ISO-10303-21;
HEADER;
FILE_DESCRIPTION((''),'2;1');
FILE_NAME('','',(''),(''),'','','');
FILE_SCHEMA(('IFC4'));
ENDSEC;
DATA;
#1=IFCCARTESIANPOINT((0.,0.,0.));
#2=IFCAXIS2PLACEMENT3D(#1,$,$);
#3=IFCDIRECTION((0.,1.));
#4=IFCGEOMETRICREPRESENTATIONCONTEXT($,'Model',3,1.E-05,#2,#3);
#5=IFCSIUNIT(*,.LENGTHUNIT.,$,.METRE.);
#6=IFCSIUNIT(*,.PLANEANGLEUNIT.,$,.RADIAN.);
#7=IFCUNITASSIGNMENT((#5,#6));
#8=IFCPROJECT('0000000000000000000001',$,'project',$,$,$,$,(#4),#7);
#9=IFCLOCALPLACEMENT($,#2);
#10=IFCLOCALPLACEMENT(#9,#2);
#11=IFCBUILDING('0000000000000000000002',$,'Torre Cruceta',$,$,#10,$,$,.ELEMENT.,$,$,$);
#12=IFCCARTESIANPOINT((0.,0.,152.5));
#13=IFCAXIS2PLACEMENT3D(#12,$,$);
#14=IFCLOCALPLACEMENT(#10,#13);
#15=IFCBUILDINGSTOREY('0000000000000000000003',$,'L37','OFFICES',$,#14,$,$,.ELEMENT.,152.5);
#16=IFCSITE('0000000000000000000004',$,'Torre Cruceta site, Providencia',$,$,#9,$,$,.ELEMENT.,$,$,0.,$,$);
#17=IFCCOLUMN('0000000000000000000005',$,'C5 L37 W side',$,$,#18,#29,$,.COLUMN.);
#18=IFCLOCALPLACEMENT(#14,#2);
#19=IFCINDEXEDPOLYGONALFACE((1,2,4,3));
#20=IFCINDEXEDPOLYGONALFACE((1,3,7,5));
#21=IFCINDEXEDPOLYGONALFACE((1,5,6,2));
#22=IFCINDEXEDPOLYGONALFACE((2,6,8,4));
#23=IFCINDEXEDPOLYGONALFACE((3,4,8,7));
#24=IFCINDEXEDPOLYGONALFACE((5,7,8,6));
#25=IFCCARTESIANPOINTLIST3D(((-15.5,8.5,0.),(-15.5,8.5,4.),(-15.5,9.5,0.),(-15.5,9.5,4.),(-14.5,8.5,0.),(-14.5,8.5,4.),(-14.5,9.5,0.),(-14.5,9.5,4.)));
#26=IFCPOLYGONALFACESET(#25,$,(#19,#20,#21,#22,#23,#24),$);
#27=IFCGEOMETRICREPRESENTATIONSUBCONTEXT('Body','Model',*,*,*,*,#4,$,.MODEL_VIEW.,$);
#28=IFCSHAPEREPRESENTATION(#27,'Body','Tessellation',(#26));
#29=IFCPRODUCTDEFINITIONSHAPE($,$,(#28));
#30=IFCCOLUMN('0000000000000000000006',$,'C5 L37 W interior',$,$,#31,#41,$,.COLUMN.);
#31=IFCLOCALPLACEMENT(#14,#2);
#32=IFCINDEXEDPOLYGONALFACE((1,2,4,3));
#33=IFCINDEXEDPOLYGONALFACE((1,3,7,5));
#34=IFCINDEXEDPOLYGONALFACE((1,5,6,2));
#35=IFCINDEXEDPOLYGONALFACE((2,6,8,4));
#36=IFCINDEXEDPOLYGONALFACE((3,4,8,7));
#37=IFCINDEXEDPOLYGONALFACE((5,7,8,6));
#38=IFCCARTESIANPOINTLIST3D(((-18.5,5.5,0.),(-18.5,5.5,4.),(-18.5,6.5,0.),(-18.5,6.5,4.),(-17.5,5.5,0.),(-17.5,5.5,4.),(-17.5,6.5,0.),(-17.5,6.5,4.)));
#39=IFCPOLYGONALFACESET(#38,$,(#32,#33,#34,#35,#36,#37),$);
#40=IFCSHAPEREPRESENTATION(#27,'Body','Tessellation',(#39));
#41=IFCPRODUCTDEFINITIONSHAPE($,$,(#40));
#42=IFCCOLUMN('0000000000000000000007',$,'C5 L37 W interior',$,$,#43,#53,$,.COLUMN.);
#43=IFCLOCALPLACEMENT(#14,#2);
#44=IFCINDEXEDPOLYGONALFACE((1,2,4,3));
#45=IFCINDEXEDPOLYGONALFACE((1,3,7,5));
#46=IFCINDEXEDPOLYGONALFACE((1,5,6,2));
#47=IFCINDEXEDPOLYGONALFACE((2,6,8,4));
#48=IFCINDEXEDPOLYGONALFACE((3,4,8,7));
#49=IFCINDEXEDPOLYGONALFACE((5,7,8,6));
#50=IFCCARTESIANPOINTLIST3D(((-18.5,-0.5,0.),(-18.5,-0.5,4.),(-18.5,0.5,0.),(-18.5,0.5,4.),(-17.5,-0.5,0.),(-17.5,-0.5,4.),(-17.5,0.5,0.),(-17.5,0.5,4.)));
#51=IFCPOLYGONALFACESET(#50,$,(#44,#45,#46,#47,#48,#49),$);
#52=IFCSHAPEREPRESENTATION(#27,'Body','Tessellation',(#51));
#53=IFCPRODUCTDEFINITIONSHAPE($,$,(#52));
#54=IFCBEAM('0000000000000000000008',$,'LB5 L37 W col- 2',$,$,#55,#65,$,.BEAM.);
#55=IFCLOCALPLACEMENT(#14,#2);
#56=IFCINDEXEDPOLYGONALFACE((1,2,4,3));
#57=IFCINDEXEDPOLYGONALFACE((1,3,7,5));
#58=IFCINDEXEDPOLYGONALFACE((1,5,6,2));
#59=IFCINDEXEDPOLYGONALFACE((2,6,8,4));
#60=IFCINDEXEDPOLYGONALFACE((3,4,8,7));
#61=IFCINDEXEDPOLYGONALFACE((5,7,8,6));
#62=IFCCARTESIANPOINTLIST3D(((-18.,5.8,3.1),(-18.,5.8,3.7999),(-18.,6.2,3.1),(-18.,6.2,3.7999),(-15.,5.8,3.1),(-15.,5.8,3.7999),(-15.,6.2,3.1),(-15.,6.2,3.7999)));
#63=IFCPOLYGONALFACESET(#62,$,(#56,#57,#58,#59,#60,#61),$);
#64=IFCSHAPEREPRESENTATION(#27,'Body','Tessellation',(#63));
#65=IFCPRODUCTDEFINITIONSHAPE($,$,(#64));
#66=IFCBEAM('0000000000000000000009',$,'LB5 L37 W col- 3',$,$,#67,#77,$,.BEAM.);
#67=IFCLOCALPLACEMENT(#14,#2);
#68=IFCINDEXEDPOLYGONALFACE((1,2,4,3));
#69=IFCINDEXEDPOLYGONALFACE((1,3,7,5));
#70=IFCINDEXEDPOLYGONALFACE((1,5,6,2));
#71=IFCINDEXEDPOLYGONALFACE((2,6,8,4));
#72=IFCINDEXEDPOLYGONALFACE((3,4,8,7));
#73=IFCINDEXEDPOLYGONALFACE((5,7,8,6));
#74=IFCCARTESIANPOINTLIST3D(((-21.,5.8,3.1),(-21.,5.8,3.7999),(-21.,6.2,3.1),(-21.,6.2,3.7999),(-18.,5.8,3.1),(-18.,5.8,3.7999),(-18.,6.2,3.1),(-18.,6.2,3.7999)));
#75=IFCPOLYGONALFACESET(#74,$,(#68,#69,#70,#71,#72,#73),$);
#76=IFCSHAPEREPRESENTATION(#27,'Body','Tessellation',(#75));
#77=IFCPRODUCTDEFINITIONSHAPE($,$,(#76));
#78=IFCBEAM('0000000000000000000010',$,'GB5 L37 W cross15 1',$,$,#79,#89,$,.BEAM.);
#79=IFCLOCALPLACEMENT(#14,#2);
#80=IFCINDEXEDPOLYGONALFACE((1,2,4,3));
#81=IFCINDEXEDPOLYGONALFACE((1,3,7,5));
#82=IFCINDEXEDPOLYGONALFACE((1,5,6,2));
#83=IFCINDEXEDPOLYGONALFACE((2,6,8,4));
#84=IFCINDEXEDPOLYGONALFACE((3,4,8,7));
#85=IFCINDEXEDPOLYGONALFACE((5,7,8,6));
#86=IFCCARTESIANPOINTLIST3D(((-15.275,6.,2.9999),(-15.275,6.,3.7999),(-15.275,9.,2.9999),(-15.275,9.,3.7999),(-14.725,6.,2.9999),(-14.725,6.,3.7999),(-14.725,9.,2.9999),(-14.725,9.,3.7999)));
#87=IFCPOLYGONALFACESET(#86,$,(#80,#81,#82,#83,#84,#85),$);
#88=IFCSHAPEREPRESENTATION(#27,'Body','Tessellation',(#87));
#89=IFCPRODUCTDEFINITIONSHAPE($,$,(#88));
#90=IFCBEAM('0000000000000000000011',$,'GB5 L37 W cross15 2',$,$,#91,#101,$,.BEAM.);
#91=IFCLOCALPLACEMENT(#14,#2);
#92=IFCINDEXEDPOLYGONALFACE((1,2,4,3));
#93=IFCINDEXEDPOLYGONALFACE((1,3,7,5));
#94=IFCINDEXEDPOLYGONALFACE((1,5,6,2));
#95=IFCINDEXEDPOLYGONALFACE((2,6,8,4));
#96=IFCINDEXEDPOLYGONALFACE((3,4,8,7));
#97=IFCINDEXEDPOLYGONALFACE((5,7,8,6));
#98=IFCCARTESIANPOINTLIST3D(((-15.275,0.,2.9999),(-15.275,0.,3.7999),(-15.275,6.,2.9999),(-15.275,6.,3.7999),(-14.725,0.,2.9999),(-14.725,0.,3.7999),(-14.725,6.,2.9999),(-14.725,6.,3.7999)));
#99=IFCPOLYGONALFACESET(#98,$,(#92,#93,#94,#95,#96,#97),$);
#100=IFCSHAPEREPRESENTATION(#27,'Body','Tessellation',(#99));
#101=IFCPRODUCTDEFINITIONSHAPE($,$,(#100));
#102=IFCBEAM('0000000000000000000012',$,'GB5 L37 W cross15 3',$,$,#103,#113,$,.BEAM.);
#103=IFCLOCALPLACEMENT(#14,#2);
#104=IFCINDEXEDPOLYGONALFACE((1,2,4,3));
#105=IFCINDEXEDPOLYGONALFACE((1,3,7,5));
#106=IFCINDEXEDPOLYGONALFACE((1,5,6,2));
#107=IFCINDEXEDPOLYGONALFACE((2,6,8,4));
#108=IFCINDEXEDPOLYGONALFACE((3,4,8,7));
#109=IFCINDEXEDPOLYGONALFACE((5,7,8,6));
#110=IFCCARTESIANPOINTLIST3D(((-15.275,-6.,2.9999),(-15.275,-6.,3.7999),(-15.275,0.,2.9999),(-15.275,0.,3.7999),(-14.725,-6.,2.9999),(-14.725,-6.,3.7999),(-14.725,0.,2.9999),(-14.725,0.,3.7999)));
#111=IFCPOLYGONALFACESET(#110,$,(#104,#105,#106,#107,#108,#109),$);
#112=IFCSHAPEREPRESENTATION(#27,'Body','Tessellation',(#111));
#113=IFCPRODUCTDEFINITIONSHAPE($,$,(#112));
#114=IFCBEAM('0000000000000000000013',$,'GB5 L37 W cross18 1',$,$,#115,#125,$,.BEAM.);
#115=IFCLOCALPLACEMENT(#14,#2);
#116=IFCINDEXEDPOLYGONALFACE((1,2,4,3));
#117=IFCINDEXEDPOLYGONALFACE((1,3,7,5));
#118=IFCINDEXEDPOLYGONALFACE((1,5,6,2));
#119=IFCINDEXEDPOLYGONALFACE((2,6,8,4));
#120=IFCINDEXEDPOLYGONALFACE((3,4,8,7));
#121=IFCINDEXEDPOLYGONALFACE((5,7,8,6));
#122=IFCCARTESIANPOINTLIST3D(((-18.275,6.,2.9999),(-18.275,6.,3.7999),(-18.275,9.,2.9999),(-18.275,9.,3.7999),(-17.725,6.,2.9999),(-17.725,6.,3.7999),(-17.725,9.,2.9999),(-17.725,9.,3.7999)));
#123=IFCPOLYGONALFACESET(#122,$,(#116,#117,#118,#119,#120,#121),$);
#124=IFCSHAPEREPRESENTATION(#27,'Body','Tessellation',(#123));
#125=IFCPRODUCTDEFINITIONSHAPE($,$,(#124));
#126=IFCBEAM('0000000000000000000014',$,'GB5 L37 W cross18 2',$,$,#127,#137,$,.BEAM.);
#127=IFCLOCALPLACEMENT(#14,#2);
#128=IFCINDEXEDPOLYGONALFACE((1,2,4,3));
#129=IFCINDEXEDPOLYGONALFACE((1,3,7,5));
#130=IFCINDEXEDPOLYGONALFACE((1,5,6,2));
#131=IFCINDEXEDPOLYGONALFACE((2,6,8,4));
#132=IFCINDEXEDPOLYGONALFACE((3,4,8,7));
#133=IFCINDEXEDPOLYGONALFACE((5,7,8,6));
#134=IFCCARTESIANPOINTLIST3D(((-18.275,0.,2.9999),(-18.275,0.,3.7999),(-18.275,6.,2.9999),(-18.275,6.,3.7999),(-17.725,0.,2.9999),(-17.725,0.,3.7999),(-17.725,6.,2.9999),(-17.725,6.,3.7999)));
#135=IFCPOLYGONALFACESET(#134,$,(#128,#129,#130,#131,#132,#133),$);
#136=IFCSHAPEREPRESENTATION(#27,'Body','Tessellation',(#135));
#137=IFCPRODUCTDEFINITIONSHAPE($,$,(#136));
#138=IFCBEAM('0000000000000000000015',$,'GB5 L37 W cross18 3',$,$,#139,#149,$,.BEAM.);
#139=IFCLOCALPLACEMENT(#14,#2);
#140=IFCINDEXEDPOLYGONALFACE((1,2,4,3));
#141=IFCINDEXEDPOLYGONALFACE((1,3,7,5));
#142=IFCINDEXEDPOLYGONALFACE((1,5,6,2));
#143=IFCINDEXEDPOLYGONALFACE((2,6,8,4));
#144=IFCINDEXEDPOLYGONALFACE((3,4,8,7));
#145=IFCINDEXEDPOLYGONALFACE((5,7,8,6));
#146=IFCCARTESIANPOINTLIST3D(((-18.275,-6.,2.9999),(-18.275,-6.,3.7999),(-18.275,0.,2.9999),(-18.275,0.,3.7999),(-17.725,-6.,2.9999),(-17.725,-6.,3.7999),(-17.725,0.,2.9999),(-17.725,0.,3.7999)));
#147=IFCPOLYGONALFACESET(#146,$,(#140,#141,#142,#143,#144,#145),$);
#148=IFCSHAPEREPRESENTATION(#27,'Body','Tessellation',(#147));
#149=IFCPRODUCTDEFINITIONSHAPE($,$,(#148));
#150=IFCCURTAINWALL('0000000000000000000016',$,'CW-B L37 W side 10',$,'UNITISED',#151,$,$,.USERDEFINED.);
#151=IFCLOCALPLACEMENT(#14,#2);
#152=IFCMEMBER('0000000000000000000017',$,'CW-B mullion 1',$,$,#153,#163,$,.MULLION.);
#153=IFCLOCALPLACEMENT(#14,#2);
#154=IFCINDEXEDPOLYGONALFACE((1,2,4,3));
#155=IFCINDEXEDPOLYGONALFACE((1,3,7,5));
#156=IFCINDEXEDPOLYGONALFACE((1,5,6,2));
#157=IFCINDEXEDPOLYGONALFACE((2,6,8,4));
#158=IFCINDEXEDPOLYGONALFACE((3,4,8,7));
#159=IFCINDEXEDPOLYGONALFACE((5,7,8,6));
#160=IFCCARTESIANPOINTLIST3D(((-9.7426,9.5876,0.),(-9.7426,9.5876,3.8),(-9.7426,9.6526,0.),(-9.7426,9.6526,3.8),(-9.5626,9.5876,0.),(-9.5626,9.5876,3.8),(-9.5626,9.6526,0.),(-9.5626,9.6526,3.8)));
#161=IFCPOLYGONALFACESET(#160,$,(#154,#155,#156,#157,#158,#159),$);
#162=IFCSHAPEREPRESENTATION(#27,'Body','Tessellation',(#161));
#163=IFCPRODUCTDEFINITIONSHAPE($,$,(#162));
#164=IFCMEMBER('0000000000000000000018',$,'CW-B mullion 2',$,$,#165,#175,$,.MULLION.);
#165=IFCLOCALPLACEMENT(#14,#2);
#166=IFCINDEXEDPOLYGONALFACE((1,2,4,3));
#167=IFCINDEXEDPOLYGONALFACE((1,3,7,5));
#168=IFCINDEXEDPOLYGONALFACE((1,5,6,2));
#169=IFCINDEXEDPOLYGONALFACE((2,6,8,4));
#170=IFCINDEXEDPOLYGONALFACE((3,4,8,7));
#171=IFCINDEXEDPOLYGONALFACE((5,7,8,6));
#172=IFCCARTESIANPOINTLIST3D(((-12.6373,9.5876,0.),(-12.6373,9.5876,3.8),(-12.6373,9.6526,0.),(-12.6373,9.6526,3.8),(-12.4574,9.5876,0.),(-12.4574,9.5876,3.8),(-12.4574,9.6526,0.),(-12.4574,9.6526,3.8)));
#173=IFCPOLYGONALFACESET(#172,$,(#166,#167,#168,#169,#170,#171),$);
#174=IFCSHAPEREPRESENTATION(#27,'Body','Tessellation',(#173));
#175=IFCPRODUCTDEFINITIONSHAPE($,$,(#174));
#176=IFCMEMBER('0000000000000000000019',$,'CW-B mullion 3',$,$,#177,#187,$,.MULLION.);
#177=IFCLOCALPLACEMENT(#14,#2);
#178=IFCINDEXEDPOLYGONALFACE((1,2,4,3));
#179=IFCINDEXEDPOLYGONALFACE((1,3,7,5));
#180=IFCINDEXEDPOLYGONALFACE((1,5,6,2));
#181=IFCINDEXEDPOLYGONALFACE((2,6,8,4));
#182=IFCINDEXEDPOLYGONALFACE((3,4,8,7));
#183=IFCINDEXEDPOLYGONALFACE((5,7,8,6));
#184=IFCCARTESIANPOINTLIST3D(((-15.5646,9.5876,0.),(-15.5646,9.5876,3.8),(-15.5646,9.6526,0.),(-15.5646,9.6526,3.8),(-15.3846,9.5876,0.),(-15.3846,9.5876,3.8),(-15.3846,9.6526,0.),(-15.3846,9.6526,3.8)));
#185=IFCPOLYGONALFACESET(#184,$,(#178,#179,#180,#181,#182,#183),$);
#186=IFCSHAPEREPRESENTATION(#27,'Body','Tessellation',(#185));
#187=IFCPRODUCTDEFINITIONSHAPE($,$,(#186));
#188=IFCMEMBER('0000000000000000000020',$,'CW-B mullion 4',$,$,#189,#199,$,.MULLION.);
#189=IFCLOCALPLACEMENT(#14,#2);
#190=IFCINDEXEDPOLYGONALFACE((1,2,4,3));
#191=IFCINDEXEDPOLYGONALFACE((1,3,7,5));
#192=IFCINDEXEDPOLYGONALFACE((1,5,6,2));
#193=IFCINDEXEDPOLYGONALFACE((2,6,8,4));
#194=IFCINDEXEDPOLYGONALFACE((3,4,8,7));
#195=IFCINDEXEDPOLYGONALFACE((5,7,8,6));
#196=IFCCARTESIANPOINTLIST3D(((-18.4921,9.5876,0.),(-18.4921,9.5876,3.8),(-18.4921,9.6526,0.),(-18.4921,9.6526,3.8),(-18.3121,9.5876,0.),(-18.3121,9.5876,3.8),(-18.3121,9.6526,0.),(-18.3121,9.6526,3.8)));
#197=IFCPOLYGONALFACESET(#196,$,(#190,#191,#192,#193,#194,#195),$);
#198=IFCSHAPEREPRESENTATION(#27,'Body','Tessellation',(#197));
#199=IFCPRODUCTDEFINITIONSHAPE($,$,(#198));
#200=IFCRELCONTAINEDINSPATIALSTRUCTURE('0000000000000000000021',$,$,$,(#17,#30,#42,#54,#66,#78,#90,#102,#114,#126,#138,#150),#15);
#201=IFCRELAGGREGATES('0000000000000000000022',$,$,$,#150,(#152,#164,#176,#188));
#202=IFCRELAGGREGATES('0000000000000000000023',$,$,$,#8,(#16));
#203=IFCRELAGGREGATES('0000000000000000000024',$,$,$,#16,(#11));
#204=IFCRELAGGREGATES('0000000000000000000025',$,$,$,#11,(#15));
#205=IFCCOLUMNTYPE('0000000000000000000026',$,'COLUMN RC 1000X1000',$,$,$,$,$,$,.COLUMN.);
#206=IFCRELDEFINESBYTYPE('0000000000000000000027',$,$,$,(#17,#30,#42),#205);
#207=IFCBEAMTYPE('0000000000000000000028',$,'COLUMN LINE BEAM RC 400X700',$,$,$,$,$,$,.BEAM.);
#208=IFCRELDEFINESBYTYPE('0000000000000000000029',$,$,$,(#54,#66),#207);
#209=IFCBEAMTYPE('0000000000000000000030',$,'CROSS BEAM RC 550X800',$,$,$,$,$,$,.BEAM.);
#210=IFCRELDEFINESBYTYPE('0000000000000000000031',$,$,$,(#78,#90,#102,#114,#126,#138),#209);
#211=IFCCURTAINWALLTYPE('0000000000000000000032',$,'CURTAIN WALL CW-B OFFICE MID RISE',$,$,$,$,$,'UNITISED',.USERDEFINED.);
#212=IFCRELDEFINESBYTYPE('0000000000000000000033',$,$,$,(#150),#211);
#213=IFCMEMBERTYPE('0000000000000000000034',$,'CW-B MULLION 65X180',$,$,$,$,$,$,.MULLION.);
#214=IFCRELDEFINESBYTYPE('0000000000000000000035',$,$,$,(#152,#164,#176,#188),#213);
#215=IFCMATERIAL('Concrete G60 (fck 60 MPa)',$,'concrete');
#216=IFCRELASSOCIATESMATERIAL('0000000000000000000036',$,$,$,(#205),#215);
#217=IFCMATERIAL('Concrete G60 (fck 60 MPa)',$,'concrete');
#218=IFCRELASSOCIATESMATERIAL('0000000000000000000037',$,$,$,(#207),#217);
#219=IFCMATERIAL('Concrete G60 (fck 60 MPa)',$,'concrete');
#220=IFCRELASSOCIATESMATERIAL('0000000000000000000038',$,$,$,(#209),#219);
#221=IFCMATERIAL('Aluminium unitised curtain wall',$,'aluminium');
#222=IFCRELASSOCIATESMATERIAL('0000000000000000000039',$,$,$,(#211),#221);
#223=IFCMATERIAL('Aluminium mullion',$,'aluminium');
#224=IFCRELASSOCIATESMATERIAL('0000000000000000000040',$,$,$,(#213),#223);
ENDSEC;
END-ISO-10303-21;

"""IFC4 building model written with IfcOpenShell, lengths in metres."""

from ifc_helpers import new_model, si_unit, direction, frame, origin, origin_2d, place, context, subcontext, project, spatial, rectangle, extrude, material, material_profile, profile_set, type_object, element, aggregate, save


model = new_model("IFC4")

# Units and contexts
model_context = context("Model", 3, precision=1e-05, world=origin(), true_north=direction((0.0, 1.0)))
body_context = subcontext(model_context, "Body", "Model", "MODEL_VIEW")
ifc_project = project(units=[si_unit("LENGTHUNIT", "METRE"), si_unit("PLANEANGLEUNIT", "RADIAN")], contexts=[model_context])

# Site, building, storey
site_placement = place(None, origin())
site = spatial("IfcSite", under=ifc_project, at=site_placement, Name="Torre Cruceta site, Providencia", CompositionType="ELEMENT", RefElevation=0.0)
building_placement = place(site_placement, origin())
building = spatial("IfcBuilding", under=site, at=building_placement, Name="Torre Cruceta", CompositionType="ELEMENT")
storey_placement = place(building_placement, frame((0.0, 0.0, 152.5)))
storey = spatial("IfcBuildingStorey", under=building, at=storey_placement, Name="L37", Description="OFFICES", CompositionType="ELEMENT", Elevation=152.5)

# Columns
ifc_material_1 = material(Name="Concrete G60 (fck 60 MPa)", Category="concrete")
ifc_material_profile_1 = material_profile(ifc_material_1, rectangle(XDim=1.0, YDim=1.0, at=origin_2d()), Name="RC 1000X1000")
ifc_profile_set_1 = profile_set([ifc_material_profile_1], Name="Concrete G60 (fck 60 MPa)")
column_type = type_object("IfcColumnType", Name="COLUMN RC 1000X1000", PredefinedType="COLUMN", material=ifc_profile_set_1)
for number, where, z_axis, x_axis, name in (
    (1, (-15.0, 9.0, 0.0), (0.0, 0.0, 1.0), (1.0, 0.0, 0.0), "C5 L37 W side"),
    (2, (-18.0, 6.0, 0.0), (0.0, 0.0, 1.0), (1.0, 0.0, 0.0), "C5 L37 W interior"),
    (3, (-18.0, 0.0, 0.0), (0.0, 0.0, 1.0), (1.0, 0.0, 0.0), "C5 L37 W interior"),
):
    element("IfcColumn", number, at=place(storey_placement, frame(where, z_axis=z_axis, x_axis=x_axis)), inside=storey, type_object=column_type, Name=name, PredefinedType="COLUMN", context=body_context, shape_type="SweptSolid", body=[
        extrude(rectangle(XDim=1.0, YDim=1.0, at=origin_2d()), origin(), (0.0, 0.0, 1.0), 4.0),
    ])

# Beams
ifc_material_2 = material(Name="Concrete G60 (fck 60 MPa)", Category="concrete")
ifc_material_profile_2 = material_profile(ifc_material_2, rectangle(XDim=0.3999, YDim=0.7, at=origin_2d()), Name="RC 400X700")
ifc_profile_set_2 = profile_set([ifc_material_profile_2], Name="Concrete G60 (fck 60 MPa)")
beam_type_1 = type_object("IfcBeamType", Name="COLUMN LINE BEAM RC 400X700", PredefinedType="BEAM", material=ifc_profile_set_2)
for number, where, z_axis, x_axis, name in (
    (4, (-15.0, 6.0, 3.45), (-1.0, 0.0, 0.0), (0.0, -1.0, 0.0), "LB5 L37 W col- 2"),
    (5, (-18.0, 6.0, 3.45), (-1.0, 0.0, 0.0), (0.0, -1.0, 0.0), "LB5 L37 W col- 3"),
):
    element("IfcBeam", number, at=place(storey_placement, frame(where, z_axis=z_axis, x_axis=x_axis)), inside=storey, type_object=beam_type_1, Name=name, PredefinedType="BEAM", context=body_context, shape_type="SweptSolid", body=[
        extrude(rectangle(XDim=0.3999, YDim=0.7, at=origin_2d()), origin(), (0.0, 0.0, 1.0), 3.0),
    ])
ifc_material_3 = material(Name="Concrete G60 (fck 60 MPa)", Category="concrete")
ifc_material_profile_3 = material_profile(ifc_material_3, rectangle(XDim=0.55, YDim=0.8, at=origin_2d()), Name="RC 550X800")
ifc_profile_set_3 = profile_set([ifc_material_profile_3], Name="Concrete G60 (fck 60 MPa)")
beam_type_2 = type_object("IfcBeamType", Name="CROSS BEAM RC 550X800", PredefinedType="BEAM", material=ifc_profile_set_3)
beam_1_placement = place(storey_placement, frame((-15.0, 9.0, 3.3999), z_axis=(0.0, -1.0, 0.0), x_axis=(1.0, 0.0, 0.0)))
element("IfcBeam", 6, at=beam_1_placement, inside=storey, type_object=beam_type_2, Name="GB5 L37 W cross15 1", PredefinedType="BEAM", context=body_context, shape_type="SweptSolid", body=[
    extrude(rectangle(XDim=0.55, YDim=0.8, at=origin_2d()), origin(), (0.0, 0.0, 1.0), 3.0),
])
for number, where, z_axis, x_axis, name in (
    (7, (-15.0, 6.0, 3.3999), (0.0, -1.0, 0.0), (1.0, 0.0, 0.0), "GB5 L37 W cross15 2"),
    (8, (-15.0, 0.0, 3.3999), (0.0, -1.0, 0.0), (1.0, 0.0, 0.0), "GB5 L37 W cross15 3"),
):
    element("IfcBeam", number, at=place(storey_placement, frame(where, z_axis=z_axis, x_axis=x_axis)), inside=storey, type_object=beam_type_2, Name=name, PredefinedType="BEAM", context=body_context, shape_type="SweptSolid", body=[
        extrude(rectangle(XDim=0.55, YDim=0.8, at=origin_2d()), origin(), (0.0, 0.0, 1.0), 6.0),
    ])
beam_2_placement = place(storey_placement, frame((-18.0, 9.0, 3.3999), z_axis=(0.0, -1.0, 0.0), x_axis=(1.0, 0.0, 0.0)))
element("IfcBeam", 9, at=beam_2_placement, inside=storey, type_object=beam_type_2, Name="GB5 L37 W cross18 1", PredefinedType="BEAM", context=body_context, shape_type="SweptSolid", body=[
    extrude(rectangle(XDim=0.55, YDim=0.8, at=origin_2d()), origin(), (0.0, 0.0, 1.0), 3.0),
])
for number, where, z_axis, x_axis, name in (
    (10, (-18.0, 6.0, 3.3999), (0.0, -1.0, 0.0), (1.0, 0.0, 0.0), "GB5 L37 W cross18 2"),
    (11, (-18.0, 0.0, 3.3999), (0.0, -1.0, 0.0), (1.0, 0.0, 0.0), "GB5 L37 W cross18 3"),
):
    element("IfcBeam", number, at=place(storey_placement, frame(where, z_axis=z_axis, x_axis=x_axis)), inside=storey, type_object=beam_type_2, Name=name, PredefinedType="BEAM", context=body_context, shape_type="SweptSolid", body=[
        extrude(rectangle(XDim=0.55, YDim=0.8, at=origin_2d()), origin(), (0.0, 0.0, 1.0), 6.0),
    ])

# Curtain wall, members
ifc_material_4 = material(Name="Aluminium unitised curtain wall", Category="aluminium")
curtain_wall_type = type_object("IfcCurtainWallType", Name="CURTAIN WALL CW-B OFFICE MID RISE", ElementType="UNITISED", PredefinedType="USERDEFINED", material=ifc_material_4)
curtain_wall_placement = place(storey_placement, origin())
curtain_wall = element("IfcCurtainWall", 12, at=curtain_wall_placement, inside=storey, type_object=curtain_wall_type, Name="CW-B L37 W side 10", ObjectType="UNITISED", PredefinedType="USERDEFINED")
ifc_material_5 = material(Name="Aluminium mullion", Category="aluminium")
ifc_material_profile_4 = material_profile(ifc_material_5, rectangle(XDim=0.0649, YDim=0.1799, at=origin_2d()), Name="AL 65X180")
ifc_profile_set_4 = profile_set([ifc_material_profile_4], Name="Aluminium mullion")
member_type_1 = type_object("IfcMemberType", Name="CW-B MULLION 65X180", PredefinedType="MULLION", material=ifc_profile_set_4)
member_1_placement = place(storey_placement, frame((-9.6526, 9.6201, 0.0), z_axis=(0.0, 0.0, 1.0), x_axis=(0.0, -1.0, 0.0)))
member_1 = element("IfcMember", 13, at=member_1_placement, type_object=member_type_1, Name="CW-B mullion 1", PredefinedType="MULLION", context=body_context, shape_type="SweptSolid", body=[
    extrude(rectangle(XDim=0.0649, YDim=0.1799, at=origin_2d()), origin(), (0.0, 0.0, 1.0), 3.8),
])
member_2_placement = place(storey_placement, frame((-12.5474, 9.6201, 0.0), z_axis=(0.0, 0.0, 1.0), x_axis=(0.0, -1.0, 0.0)))
member_2 = element("IfcMember", 14, at=member_2_placement, type_object=member_type_1, Name="CW-B mullion 2", PredefinedType="MULLION", context=body_context, shape_type="SweptSolid", body=[
    extrude(rectangle(XDim=0.0649, YDim=0.1799, at=origin_2d()), origin(), (0.0, 0.0, 1.0), 3.8),
])
member_3_placement = place(storey_placement, frame((-15.4746, 9.6201, 0.0), z_axis=(0.0, 0.0, 1.0), x_axis=(0.0, -1.0, 0.0)))
member_3 = element("IfcMember", 15, at=member_3_placement, type_object=member_type_1, Name="CW-B mullion 3", PredefinedType="MULLION", context=body_context, shape_type="SweptSolid", body=[
    extrude(rectangle(XDim=0.0649, YDim=0.1799, at=origin_2d()), origin(), (0.0, 0.0, 1.0), 3.8),
])
member_4_placement = place(storey_placement, frame((-18.4021, 9.6201, 0.0), z_axis=(0.0, 0.0, 1.0), x_axis=(0.0, -1.0, 0.0)))
member_4 = element("IfcMember", 16, at=member_4_placement, type_object=member_type_1, Name="CW-B mullion 4", PredefinedType="MULLION", context=body_context, shape_type="SweptSolid", body=[
    extrude(rectangle(XDim=0.0649, YDim=0.1799, at=origin_2d()), origin(), (0.0, 0.0, 1.0), 3.8),
])

aggregate(curtain_wall, [member_1, member_2, member_3, member_4])

save(model, "model.ifc")
